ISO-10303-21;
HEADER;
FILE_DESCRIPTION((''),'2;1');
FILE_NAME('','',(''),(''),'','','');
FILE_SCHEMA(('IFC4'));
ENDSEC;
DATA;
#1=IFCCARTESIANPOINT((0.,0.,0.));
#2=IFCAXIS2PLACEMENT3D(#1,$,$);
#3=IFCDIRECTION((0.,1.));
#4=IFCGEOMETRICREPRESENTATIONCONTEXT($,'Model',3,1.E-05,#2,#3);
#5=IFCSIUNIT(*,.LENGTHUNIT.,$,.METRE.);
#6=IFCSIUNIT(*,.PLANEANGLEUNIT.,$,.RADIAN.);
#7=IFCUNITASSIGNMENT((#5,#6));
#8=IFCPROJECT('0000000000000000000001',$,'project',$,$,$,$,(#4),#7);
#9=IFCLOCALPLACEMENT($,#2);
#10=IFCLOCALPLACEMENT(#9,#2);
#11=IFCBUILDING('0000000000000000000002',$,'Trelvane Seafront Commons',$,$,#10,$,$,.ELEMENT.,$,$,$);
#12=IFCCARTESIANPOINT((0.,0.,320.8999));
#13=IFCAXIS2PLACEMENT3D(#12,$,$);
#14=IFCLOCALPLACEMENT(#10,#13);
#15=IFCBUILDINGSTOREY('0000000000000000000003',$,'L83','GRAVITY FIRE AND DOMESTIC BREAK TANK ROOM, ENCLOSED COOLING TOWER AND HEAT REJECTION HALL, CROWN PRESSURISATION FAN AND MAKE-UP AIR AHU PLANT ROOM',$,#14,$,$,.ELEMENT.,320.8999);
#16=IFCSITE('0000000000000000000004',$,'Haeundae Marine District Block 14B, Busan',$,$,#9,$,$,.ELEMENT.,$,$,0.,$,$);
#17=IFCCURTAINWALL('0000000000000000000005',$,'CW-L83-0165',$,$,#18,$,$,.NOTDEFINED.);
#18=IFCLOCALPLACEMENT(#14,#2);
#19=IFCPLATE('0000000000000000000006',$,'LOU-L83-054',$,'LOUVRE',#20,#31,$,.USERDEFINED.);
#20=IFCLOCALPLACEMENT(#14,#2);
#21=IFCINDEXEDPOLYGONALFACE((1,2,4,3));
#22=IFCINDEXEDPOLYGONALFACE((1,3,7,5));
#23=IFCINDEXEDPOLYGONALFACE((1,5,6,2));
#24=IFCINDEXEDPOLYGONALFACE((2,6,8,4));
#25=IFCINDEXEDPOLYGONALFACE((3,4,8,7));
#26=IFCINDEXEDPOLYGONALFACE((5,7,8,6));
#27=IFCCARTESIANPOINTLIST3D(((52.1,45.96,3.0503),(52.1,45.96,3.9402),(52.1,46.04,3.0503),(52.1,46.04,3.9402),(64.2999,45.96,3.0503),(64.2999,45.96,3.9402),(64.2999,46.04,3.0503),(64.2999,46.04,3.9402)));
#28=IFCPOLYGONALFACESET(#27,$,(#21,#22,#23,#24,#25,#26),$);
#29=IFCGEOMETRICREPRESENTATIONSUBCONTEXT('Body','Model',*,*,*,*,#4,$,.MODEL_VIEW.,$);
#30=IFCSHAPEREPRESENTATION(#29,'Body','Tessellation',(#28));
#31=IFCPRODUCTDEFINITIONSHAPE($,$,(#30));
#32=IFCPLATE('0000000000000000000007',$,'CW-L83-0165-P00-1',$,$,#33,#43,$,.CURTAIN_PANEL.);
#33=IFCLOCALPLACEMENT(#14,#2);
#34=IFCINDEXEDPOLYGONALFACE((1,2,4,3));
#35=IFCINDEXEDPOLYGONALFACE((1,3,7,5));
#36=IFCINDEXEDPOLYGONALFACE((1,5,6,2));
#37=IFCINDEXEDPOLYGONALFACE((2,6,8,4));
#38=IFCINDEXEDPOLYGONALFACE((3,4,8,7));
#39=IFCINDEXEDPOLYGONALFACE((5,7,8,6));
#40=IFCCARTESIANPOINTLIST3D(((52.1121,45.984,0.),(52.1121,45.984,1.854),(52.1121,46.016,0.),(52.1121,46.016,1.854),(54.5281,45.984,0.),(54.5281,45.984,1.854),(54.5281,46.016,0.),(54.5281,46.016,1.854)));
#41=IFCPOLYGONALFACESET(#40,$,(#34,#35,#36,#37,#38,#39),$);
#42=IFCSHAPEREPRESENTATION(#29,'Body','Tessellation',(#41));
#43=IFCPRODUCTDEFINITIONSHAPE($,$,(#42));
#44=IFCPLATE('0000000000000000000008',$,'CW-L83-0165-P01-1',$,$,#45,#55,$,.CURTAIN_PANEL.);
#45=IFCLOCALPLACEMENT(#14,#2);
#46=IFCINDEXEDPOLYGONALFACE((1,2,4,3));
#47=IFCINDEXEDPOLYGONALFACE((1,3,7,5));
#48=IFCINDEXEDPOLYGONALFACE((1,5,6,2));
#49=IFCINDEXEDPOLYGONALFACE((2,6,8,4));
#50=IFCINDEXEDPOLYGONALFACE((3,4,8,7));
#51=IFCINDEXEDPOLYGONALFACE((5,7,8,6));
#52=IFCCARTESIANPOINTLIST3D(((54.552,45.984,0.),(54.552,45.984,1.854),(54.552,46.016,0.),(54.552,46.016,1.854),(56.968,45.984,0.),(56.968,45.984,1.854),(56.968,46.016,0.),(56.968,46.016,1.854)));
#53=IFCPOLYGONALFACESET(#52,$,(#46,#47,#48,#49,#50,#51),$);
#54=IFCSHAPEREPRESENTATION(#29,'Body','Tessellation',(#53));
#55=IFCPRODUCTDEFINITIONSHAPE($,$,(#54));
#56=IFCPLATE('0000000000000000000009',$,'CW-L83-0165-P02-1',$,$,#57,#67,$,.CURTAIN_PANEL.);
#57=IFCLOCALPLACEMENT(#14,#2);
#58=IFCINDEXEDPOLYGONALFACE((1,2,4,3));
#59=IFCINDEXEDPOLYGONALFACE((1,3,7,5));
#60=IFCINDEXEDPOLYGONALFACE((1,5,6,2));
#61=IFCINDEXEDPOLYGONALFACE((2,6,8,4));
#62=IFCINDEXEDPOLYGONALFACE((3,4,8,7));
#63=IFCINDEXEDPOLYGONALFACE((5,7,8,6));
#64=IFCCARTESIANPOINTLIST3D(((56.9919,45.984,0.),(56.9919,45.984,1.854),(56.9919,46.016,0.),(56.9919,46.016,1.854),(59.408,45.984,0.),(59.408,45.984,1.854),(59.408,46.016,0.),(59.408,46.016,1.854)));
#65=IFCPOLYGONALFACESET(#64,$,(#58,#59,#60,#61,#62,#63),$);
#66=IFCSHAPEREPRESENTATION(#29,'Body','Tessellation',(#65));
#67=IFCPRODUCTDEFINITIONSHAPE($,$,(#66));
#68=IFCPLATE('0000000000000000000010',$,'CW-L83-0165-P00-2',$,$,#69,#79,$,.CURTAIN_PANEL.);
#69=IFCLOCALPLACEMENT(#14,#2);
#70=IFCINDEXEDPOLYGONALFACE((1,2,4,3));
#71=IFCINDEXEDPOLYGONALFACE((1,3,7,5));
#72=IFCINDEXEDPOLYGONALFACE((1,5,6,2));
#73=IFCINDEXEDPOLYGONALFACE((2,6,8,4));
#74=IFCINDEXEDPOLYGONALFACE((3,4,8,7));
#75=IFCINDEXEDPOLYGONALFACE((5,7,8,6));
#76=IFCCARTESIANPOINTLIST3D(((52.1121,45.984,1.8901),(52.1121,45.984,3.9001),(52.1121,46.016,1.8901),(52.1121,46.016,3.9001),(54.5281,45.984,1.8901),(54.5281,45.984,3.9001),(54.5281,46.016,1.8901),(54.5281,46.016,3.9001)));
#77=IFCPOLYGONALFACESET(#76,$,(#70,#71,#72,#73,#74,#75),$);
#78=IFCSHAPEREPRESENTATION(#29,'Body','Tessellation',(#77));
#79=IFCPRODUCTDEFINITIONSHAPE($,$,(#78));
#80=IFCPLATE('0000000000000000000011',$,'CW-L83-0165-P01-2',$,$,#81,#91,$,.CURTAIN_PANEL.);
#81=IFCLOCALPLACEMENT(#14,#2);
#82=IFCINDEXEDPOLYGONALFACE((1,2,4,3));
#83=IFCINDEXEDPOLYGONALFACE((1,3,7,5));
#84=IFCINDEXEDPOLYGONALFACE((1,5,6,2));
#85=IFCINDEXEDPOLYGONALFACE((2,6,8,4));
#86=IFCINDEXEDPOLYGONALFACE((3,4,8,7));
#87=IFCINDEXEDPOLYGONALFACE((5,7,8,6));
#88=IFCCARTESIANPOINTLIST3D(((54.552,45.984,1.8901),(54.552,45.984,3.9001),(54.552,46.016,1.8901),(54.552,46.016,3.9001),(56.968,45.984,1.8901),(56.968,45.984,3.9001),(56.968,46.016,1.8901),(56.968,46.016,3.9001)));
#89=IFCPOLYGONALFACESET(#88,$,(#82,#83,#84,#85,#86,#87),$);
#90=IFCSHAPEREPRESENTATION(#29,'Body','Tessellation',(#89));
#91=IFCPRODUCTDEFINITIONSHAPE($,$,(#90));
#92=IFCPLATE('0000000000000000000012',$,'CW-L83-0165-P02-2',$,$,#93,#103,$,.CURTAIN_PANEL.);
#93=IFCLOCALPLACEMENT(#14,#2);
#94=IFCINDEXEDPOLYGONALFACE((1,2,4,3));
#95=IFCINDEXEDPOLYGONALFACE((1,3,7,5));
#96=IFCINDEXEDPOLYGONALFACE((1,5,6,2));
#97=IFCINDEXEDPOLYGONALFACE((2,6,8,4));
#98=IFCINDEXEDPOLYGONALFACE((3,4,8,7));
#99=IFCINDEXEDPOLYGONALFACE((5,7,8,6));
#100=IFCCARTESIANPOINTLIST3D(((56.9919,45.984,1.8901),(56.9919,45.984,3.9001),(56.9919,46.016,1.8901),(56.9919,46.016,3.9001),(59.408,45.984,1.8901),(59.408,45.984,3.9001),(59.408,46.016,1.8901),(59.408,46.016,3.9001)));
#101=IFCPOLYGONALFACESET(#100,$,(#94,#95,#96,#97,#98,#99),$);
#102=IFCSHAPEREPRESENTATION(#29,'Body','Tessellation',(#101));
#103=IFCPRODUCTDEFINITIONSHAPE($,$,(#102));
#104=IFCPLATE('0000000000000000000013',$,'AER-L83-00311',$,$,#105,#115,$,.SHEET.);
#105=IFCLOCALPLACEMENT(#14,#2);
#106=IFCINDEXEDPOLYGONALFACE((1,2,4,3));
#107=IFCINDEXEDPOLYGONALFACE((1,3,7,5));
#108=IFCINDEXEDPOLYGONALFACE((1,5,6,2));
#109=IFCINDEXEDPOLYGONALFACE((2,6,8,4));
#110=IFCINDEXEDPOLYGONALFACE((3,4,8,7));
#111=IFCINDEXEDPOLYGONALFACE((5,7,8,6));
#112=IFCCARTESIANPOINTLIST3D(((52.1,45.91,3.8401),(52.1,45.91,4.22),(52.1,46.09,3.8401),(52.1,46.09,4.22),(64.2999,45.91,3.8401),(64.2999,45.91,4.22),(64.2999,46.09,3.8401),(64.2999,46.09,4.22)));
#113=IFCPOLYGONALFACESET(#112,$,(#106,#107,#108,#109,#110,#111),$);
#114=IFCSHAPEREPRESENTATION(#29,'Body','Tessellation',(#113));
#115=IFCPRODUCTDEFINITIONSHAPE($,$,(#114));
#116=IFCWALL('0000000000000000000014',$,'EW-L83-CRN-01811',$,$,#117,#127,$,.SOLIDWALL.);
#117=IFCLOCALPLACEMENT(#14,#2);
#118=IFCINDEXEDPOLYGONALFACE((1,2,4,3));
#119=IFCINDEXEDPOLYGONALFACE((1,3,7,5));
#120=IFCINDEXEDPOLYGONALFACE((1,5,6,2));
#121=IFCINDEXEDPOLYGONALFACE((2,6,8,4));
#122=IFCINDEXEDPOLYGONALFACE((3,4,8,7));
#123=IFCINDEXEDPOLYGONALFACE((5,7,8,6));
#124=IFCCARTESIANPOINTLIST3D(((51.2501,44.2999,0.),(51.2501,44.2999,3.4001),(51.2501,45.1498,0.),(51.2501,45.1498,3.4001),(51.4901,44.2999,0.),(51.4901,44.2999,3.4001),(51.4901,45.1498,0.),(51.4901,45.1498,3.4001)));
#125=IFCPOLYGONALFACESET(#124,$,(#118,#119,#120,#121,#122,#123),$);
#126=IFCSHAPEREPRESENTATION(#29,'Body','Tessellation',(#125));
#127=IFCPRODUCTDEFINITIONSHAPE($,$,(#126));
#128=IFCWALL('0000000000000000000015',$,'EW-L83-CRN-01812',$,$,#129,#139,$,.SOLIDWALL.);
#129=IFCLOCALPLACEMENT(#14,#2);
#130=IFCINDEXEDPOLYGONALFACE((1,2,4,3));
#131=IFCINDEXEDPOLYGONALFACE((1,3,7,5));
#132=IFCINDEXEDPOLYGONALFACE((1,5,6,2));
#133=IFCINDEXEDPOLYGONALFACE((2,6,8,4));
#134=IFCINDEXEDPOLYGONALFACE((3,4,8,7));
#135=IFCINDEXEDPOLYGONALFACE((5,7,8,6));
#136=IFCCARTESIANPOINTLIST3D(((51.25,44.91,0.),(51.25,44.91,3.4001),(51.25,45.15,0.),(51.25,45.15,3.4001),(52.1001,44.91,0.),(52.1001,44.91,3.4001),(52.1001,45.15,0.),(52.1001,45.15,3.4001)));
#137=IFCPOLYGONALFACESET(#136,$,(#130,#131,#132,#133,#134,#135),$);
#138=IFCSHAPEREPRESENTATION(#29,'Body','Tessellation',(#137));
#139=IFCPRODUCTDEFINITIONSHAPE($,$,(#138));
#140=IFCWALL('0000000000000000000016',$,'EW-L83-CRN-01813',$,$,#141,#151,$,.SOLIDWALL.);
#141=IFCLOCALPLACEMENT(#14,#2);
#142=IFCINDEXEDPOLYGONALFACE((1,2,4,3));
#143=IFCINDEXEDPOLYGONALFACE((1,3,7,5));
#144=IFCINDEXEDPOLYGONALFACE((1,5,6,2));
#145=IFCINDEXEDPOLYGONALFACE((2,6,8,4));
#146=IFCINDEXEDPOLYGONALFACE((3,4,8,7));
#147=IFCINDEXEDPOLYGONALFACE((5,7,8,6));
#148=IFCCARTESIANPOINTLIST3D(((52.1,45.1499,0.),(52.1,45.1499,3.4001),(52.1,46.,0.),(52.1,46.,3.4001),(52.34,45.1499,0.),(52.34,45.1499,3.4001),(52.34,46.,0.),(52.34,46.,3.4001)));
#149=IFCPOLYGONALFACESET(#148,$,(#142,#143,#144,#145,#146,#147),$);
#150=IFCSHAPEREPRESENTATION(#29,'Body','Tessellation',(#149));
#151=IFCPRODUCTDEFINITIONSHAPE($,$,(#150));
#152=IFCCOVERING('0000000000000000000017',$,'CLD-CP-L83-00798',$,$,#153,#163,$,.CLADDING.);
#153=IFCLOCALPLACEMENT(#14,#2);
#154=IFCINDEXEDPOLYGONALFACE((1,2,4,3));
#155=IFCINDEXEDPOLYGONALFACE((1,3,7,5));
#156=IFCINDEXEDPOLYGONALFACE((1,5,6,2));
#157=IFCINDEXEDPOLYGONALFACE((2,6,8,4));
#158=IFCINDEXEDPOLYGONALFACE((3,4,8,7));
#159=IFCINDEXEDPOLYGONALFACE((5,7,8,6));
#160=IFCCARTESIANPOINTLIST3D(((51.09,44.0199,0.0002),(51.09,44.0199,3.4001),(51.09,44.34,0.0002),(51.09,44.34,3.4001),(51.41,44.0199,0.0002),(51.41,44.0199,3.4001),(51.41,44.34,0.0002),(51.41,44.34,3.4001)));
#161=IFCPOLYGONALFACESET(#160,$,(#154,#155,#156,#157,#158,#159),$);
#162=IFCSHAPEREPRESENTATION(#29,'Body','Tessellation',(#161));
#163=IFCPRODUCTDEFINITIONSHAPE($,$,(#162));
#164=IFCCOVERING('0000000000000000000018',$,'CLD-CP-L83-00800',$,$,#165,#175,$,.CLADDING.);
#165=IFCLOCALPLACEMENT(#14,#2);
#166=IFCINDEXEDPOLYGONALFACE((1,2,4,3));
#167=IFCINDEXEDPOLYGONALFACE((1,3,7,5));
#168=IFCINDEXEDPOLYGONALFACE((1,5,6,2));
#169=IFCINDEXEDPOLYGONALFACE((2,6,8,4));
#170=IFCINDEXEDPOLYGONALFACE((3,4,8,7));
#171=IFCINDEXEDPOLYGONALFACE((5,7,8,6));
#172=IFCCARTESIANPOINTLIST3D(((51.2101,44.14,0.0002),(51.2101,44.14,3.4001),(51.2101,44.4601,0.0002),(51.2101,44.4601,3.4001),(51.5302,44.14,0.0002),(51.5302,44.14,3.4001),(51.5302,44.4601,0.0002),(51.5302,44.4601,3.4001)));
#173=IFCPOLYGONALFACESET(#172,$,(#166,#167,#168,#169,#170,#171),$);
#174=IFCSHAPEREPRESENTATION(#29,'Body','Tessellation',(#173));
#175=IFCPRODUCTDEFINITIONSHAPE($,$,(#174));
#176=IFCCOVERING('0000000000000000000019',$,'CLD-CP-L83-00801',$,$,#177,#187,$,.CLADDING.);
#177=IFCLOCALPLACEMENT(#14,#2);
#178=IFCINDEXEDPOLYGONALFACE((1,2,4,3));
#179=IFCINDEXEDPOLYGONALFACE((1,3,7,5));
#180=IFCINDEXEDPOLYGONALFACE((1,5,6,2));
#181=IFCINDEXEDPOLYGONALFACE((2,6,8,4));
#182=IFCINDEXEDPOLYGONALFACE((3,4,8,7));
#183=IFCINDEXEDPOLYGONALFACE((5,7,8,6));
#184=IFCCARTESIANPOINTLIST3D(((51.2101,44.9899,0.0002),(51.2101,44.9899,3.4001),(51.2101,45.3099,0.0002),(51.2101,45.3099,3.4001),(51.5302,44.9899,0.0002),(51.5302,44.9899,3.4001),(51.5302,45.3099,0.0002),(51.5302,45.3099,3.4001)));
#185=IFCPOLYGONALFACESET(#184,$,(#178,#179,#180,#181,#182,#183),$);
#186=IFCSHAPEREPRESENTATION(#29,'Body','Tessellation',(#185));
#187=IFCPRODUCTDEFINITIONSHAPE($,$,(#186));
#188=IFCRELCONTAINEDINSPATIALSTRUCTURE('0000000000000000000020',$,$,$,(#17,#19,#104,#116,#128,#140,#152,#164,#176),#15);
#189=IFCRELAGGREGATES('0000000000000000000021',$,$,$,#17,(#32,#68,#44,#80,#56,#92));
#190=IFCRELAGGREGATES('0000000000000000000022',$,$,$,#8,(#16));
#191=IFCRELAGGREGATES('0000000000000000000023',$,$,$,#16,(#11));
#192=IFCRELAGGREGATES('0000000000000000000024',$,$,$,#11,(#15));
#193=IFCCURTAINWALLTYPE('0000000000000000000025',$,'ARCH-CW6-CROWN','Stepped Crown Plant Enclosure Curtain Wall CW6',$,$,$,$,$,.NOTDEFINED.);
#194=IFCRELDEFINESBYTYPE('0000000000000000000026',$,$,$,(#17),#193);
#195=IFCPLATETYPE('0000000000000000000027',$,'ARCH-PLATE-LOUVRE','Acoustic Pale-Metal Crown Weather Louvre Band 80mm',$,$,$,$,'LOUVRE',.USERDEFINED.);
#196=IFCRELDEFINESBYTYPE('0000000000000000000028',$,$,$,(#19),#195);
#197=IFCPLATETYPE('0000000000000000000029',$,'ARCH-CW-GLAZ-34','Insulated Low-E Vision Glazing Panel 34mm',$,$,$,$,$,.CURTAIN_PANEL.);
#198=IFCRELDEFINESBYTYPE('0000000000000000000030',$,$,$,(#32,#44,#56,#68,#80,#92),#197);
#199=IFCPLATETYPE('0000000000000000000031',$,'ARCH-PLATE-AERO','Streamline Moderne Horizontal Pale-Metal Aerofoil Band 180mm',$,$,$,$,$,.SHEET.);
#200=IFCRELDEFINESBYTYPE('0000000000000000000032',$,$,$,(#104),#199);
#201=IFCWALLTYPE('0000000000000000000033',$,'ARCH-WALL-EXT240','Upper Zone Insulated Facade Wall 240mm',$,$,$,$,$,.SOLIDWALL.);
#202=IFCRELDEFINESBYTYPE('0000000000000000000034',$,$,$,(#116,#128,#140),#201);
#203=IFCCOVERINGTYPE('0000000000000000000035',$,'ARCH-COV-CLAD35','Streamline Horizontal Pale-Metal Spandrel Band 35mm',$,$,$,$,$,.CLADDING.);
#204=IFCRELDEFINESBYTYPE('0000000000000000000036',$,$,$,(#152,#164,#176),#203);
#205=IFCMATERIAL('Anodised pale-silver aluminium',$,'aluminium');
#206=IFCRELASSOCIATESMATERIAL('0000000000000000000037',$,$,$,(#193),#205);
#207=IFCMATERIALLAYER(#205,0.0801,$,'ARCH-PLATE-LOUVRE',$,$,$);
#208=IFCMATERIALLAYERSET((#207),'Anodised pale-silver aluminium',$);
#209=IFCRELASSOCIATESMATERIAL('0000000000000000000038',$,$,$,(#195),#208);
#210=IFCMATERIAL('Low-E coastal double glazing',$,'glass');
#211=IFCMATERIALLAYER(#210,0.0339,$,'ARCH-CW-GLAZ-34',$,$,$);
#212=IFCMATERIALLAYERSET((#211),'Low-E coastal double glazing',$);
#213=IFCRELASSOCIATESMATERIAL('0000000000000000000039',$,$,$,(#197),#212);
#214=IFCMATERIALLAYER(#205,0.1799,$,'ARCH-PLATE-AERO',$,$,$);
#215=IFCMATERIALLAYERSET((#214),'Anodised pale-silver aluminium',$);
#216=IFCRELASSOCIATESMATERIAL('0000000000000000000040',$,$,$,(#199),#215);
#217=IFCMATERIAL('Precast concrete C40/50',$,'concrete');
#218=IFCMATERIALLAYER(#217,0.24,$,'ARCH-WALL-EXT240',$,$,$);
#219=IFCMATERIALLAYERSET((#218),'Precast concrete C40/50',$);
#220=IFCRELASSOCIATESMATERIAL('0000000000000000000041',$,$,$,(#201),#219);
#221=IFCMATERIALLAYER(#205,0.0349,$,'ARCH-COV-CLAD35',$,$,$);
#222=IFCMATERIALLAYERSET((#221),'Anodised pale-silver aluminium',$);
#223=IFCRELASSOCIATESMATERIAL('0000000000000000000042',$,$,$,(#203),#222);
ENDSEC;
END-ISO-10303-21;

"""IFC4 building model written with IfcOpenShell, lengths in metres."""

from ifc_helpers import new_model, si_unit, direction, frame, frame_2d, origin, origin_2d, place, context, subcontext, project, spatial, rectangle, extrude, source, transform, mapped, material, layer, layer_set, type_object, element, aggregate, save


model = new_model("IFC4")

# Units and contexts
model_context = context("Model", 3, precision=1e-05, world=origin(), true_north=direction((0.0, 1.0)))
body_context = subcontext(model_context, "Body", "Model", "MODEL_VIEW")
ifc_project = project(units=[si_unit("LENGTHUNIT", "METRE"), si_unit("PLANEANGLEUNIT", "RADIAN")], contexts=[model_context])

# Site, building, storey
site_placement = place(None, origin())
site = spatial("IfcSite", under=ifc_project, at=site_placement, Name="Haeundae Marine District Block 14B, Busan", CompositionType="ELEMENT", RefElevation=0.0)
building_placement = place(site_placement, origin())
building = spatial("IfcBuilding", under=site, at=building_placement, Name="Trelvane Seafront Commons", CompositionType="ELEMENT")
storey_placement = place(building_placement, frame((0.0, 0.0, 320.8999)))
storey = spatial("IfcBuildingStorey", under=building, at=storey_placement, Name="L83", Description="GRAVITY FIRE AND DOMESTIC BREAK TANK ROOM, ENCLOSED COOLING TOWER AND HEAT REJECTION HALL, CROWN PRESSURISATION FAN AND MAKE-UP AIR AHU PLANT ROOM", CompositionType="ELEMENT", Elevation=320.8999)

# Curtain wall
ifc_material_1 = material(Name="Anodised pale-silver aluminium", Category="aluminium")
curtain_wall_type = type_object("IfcCurtainWallType", Name="ARCH-CW6-CROWN", Description="Stepped Crown Plant Enclosure Curtain Wall CW6", PredefinedType="NOTDEFINED", material=ifc_material_1)
curtain_wall_placement = place(storey_placement, origin())
curtain_wall = element("IfcCurtainWall", 1, at=curtain_wall_placement, inside=storey, type_object=curtain_wall_type, Name="CW-L83-0165", PredefinedType="NOTDEFINED")

# Plates
ifc_layer_1 = layer(ifc_material_1, 0.0801, Name="ARCH-PLATE-LOUVRE")
ifc_layer_set_1 = layer_set([ifc_layer_1], Name="Anodised pale-silver aluminium")
plate_type_1 = type_object("IfcPlateType", Name="ARCH-PLATE-LOUVRE", Description="Acoustic Pale-Metal Crown Weather Louvre Band 80mm", ElementType="LOUVRE", PredefinedType="USERDEFINED", material=ifc_layer_set_1)
shared_shape_1 = source(origin(), body_context, "Body", "SweptSolid", [
    extrude(rectangle(XDim=12.2, YDim=0.0801, at=origin_2d()), origin(), (0.0, 0.0, 1.0), 0.8899),
])
plate_1_placement = place(storey_placement, frame((58.2, 46.0, 3.0503), z_axis=(0.0, 0.0, 1.0), x_axis=(1.0, 0.0, 0.0)))
element("IfcPlate", 2, at=plate_1_placement, inside=storey, type_object=plate_type_1, Name="LOU-L83-054", ObjectType="LOUVRE", PredefinedType="USERDEFINED", context=body_context, shape_type="MappedRepresentation", body=[
    mapped(shared_shape_1, transform((0.0, 0.0, 0.0), x_axis=(1.0, 0.0, 0.0), y_axis=(0.0, 1.0, 0.0), z_axis=(0.0, 0.0, 1.0), scale=1.0)),
])
ifc_material_2 = material(Name="Low-E coastal double glazing", Category="glass")
ifc_layer_2 = layer(ifc_material_2, 0.0339, Name="ARCH-CW-GLAZ-34")
ifc_layer_set_2 = layer_set([ifc_layer_2], Name="Low-E coastal double glazing")
plate_type_2 = type_object("IfcPlateType", Name="ARCH-CW-GLAZ-34", Description="Insulated Low-E Vision Glazing Panel 34mm", PredefinedType="CURTAIN_PANEL", material=ifc_layer_set_2)
shared_shape_2 = source(origin(), body_context, "Body", "SweptSolid", [
    extrude(rectangle(XDim=2.416, YDim=0.032, at=origin_2d()), origin(), (0.0, 0.0, 1.0), 1.854),
])
plate_2_placement = place(storey_placement, frame((53.3201, 46.0, 0.0), z_axis=(0.0, 0.0, 1.0), x_axis=(1.0, 0.0, 0.0)))
plate_2 = element("IfcPlate", 3, at=plate_2_placement, type_object=plate_type_2, Name="CW-L83-0165-P00-1", PredefinedType="CURTAIN_PANEL", context=body_context, shape_type="MappedRepresentation", body=[
    mapped(shared_shape_2, transform((0.0, 0.0, 0.0), x_axis=(1.0, 0.0, 0.0), y_axis=(0.0, 1.0, 0.0), z_axis=(0.0, 0.0, 1.0), scale=1.0)),
])
plate_3_placement = place(storey_placement, frame((55.76, 46.0, 0.0), z_axis=(0.0, 0.0, 1.0), x_axis=(1.0, 0.0, 0.0)))
plate_3 = element("IfcPlate", 4, at=plate_3_placement, type_object=plate_type_2, Name="CW-L83-0165-P01-1", PredefinedType="CURTAIN_PANEL", context=body_context, shape_type="MappedRepresentation", body=[
    mapped(shared_shape_2, transform((0.0, 0.0, 0.0), x_axis=(1.0, 0.0, 0.0), y_axis=(0.0, 1.0, 0.0), z_axis=(0.0, 0.0, 1.0), scale=1.0)),
])
plate_4_placement = place(storey_placement, frame((58.2, 46.0, 0.0), z_axis=(0.0, 0.0, 1.0), x_axis=(1.0, 0.0, 0.0)))
plate_4 = element("IfcPlate", 5, at=plate_4_placement, type_object=plate_type_2, Name="CW-L83-0165-P02-1", PredefinedType="CURTAIN_PANEL", context=body_context, shape_type="MappedRepresentation", body=[
    mapped(shared_shape_2, transform((0.0, 0.0, 0.0), x_axis=(1.0, 0.0, 0.0), y_axis=(0.0, 1.0, 0.0), z_axis=(0.0, 0.0, 1.0), scale=1.0)),
])
shared_shape_3 = source(origin(), body_context, "Body", "SweptSolid", [
    extrude(rectangle(XDim=2.416, YDim=0.032, at=origin_2d()), origin(), (0.0, 0.0, 1.0), 2.01),
])
plate_5_placement = place(storey_placement, frame((53.3201, 46.0, 1.8901), z_axis=(0.0, 0.0, 1.0), x_axis=(1.0, 0.0, 0.0)))
plate_5 = element("IfcPlate", 6, at=plate_5_placement, type_object=plate_type_2, Name="CW-L83-0165-P00-2", PredefinedType="CURTAIN_PANEL", context=body_context, shape_type="MappedRepresentation", body=[
    mapped(shared_shape_3, transform((0.0, 0.0, 0.0), x_axis=(1.0, 0.0, 0.0), y_axis=(0.0, 1.0, 0.0), z_axis=(0.0, 0.0, 1.0), scale=1.0)),
])
plate_6_placement = place(storey_placement, frame((55.76, 46.0, 1.8901), z_axis=(0.0, 0.0, 1.0), x_axis=(1.0, 0.0, 0.0)))
plate_6 = element("IfcPlate", 7, at=plate_6_placement, type_object=plate_type_2, Name="CW-L83-0165-P01-2", PredefinedType="CURTAIN_PANEL", context=body_context, shape_type="MappedRepresentation", body=[
    mapped(shared_shape_3, transform((0.0, 0.0, 0.0), x_axis=(1.0, 0.0, 0.0), y_axis=(0.0, 1.0, 0.0), z_axis=(0.0, 0.0, 1.0), scale=1.0)),
])
plate_7_placement = place(storey_placement, frame((58.2, 46.0, 1.8901), z_axis=(0.0, 0.0, 1.0), x_axis=(1.0, 0.0, 0.0)))
plate_7 = element("IfcPlate", 8, at=plate_7_placement, type_object=plate_type_2, Name="CW-L83-0165-P02-2", PredefinedType="CURTAIN_PANEL", context=body_context, shape_type="MappedRepresentation", body=[
    mapped(shared_shape_3, transform((0.0, 0.0, 0.0), x_axis=(1.0, 0.0, 0.0), y_axis=(0.0, 1.0, 0.0), z_axis=(0.0, 0.0, 1.0), scale=1.0)),
])
aggregate(curtain_wall, [plate_2, plate_5, plate_3, plate_6, plate_4, plate_7])
ifc_layer_3 = layer(ifc_material_1, 0.1799, Name="ARCH-PLATE-AERO")
ifc_layer_set_3 = layer_set([ifc_layer_3], Name="Anodised pale-silver aluminium")
plate_type_3 = type_object("IfcPlateType", Name="ARCH-PLATE-AERO", Description="Streamline Moderne Horizontal Pale-Metal Aerofoil Band 180mm", PredefinedType="SHEET", material=ifc_layer_set_3)
shared_shape_4 = source(origin(), body_context, "Body", "SweptSolid", [
    extrude(rectangle(XDim=12.2, YDim=0.1799, at=origin_2d()), origin(), (0.0, 0.0, 1.0), 0.3799),
])
plate_8_placement = place(storey_placement, frame((58.2, 46.0, 3.8401), z_axis=(0.0, 0.0, 1.0), x_axis=(1.0, 0.0, 0.0)))
element("IfcPlate", 9, at=plate_8_placement, inside=storey, type_object=plate_type_3, Name="AER-L83-00311", PredefinedType="SHEET", context=body_context, shape_type="MappedRepresentation", body=[
    mapped(shared_shape_4, transform((0.0, 0.0, 0.0), x_axis=(1.0, 0.0, 0.0), y_axis=(0.0, 1.0, 0.0), z_axis=(0.0, 0.0, 1.0), scale=1.0)),
])

# Walls
ifc_material_3 = material(Name="Precast concrete C40/50", Category="concrete")
ifc_layer_4 = layer(ifc_material_3, 0.24, Name="ARCH-WALL-EXT240")
ifc_layer_set_4 = layer_set([ifc_layer_4], Name="Precast concrete C40/50")
wall_type = type_object("IfcWallType", Name="ARCH-WALL-EXT240", Description="Upper Zone Insulated Facade Wall 240mm", PredefinedType="SOLIDWALL", material=ifc_layer_set_4)
wall_placement = place(storey_placement, frame((51.3701, 44.3, 0.0), z_axis=(0.0, 0.0, 1.0), x_axis=(0.0, 1.0, 0.0)))
element("IfcWall", 10, at=wall_placement, inside=storey, type_object=wall_type, Name="EW-L83-CRN-01811", PredefinedType="SOLIDWALL", context=body_context, shape_type="SweptSolid", body=[
    extrude(rectangle(XDim=0.8499, YDim=0.24, at=frame_2d((0.4248, 0.0))), origin(), (0.0, 0.0, 1.0), 3.4001),
])
for number, where, z_axis, x_axis, name in (
    (11, (51.25, 45.03, 0.0), (0.0, 0.0, 1.0), (1.0, 0.0, 0.0), "EW-L83-CRN-01812"),
    (12, (52.22, 45.1499, 0.0), (0.0, 0.0, 1.0), (0.0, 1.0, 0.0), "EW-L83-CRN-01813"),
):
    element("IfcWall", number, at=place(storey_placement, frame(where, z_axis=z_axis, x_axis=x_axis)), inside=storey, type_object=wall_type, Name=name, PredefinedType="SOLIDWALL", context=body_context, shape_type="SweptSolid", body=[
        extrude(rectangle(XDim=0.8501, YDim=0.24, at=frame_2d((0.425, 0.0))), origin(), (0.0, 0.0, 1.0), 3.4001),
    ])

# Coverings
ifc_layer_5 = layer(ifc_material_1, 0.0349, Name="ARCH-COV-CLAD35")
ifc_layer_set_5 = layer_set([ifc_layer_5], Name="Anodised pale-silver aluminium")
covering_type = type_object("IfcCoveringType", Name="ARCH-COV-CLAD35", Description="Streamline Horizontal Pale-Metal Spandrel Band 35mm", PredefinedType="CLADDING", material=ifc_layer_set_5)
shared_shape_5 = source(origin(), body_context, "Body", "SweptSolid", [
    extrude(rectangle(XDim=0.3201, YDim=0.3201, at=origin_2d()), origin(), (0.0, 0.0, 1.0), 3.3999),
])
for number, where, z_axis, x_axis, name in (
    (13, (51.25, 44.1799, 0.0002), (0.0, 0.0, 1.0), (1.0, 0.0, 0.0), "CLD-CP-L83-00798"),
    (14, (51.3701, 44.3, 0.0002), (0.0, 0.0, 1.0), (1.0, 0.0, 0.0), "CLD-CP-L83-00800"),
    (15, (51.3701, 45.1499, 0.0002), (0.0, 0.0, 1.0), (1.0, 0.0, 0.0), "CLD-CP-L83-00801"),
):
    element("IfcCovering", number, at=place(storey_placement, frame(where, z_axis=z_axis, x_axis=x_axis)), inside=storey, type_object=covering_type, Name=name, PredefinedType="CLADDING", context=body_context, shape_type="MappedRepresentation", body=[
        mapped(shared_shape_5, transform((0.0, 0.0, 0.0), x_axis=(1.0, 0.0, 0.0), y_axis=(0.0, 1.0, 0.0), z_axis=(0.0, 0.0, 1.0), scale=1.0)),
    ])

save(model, "model.ifc")
